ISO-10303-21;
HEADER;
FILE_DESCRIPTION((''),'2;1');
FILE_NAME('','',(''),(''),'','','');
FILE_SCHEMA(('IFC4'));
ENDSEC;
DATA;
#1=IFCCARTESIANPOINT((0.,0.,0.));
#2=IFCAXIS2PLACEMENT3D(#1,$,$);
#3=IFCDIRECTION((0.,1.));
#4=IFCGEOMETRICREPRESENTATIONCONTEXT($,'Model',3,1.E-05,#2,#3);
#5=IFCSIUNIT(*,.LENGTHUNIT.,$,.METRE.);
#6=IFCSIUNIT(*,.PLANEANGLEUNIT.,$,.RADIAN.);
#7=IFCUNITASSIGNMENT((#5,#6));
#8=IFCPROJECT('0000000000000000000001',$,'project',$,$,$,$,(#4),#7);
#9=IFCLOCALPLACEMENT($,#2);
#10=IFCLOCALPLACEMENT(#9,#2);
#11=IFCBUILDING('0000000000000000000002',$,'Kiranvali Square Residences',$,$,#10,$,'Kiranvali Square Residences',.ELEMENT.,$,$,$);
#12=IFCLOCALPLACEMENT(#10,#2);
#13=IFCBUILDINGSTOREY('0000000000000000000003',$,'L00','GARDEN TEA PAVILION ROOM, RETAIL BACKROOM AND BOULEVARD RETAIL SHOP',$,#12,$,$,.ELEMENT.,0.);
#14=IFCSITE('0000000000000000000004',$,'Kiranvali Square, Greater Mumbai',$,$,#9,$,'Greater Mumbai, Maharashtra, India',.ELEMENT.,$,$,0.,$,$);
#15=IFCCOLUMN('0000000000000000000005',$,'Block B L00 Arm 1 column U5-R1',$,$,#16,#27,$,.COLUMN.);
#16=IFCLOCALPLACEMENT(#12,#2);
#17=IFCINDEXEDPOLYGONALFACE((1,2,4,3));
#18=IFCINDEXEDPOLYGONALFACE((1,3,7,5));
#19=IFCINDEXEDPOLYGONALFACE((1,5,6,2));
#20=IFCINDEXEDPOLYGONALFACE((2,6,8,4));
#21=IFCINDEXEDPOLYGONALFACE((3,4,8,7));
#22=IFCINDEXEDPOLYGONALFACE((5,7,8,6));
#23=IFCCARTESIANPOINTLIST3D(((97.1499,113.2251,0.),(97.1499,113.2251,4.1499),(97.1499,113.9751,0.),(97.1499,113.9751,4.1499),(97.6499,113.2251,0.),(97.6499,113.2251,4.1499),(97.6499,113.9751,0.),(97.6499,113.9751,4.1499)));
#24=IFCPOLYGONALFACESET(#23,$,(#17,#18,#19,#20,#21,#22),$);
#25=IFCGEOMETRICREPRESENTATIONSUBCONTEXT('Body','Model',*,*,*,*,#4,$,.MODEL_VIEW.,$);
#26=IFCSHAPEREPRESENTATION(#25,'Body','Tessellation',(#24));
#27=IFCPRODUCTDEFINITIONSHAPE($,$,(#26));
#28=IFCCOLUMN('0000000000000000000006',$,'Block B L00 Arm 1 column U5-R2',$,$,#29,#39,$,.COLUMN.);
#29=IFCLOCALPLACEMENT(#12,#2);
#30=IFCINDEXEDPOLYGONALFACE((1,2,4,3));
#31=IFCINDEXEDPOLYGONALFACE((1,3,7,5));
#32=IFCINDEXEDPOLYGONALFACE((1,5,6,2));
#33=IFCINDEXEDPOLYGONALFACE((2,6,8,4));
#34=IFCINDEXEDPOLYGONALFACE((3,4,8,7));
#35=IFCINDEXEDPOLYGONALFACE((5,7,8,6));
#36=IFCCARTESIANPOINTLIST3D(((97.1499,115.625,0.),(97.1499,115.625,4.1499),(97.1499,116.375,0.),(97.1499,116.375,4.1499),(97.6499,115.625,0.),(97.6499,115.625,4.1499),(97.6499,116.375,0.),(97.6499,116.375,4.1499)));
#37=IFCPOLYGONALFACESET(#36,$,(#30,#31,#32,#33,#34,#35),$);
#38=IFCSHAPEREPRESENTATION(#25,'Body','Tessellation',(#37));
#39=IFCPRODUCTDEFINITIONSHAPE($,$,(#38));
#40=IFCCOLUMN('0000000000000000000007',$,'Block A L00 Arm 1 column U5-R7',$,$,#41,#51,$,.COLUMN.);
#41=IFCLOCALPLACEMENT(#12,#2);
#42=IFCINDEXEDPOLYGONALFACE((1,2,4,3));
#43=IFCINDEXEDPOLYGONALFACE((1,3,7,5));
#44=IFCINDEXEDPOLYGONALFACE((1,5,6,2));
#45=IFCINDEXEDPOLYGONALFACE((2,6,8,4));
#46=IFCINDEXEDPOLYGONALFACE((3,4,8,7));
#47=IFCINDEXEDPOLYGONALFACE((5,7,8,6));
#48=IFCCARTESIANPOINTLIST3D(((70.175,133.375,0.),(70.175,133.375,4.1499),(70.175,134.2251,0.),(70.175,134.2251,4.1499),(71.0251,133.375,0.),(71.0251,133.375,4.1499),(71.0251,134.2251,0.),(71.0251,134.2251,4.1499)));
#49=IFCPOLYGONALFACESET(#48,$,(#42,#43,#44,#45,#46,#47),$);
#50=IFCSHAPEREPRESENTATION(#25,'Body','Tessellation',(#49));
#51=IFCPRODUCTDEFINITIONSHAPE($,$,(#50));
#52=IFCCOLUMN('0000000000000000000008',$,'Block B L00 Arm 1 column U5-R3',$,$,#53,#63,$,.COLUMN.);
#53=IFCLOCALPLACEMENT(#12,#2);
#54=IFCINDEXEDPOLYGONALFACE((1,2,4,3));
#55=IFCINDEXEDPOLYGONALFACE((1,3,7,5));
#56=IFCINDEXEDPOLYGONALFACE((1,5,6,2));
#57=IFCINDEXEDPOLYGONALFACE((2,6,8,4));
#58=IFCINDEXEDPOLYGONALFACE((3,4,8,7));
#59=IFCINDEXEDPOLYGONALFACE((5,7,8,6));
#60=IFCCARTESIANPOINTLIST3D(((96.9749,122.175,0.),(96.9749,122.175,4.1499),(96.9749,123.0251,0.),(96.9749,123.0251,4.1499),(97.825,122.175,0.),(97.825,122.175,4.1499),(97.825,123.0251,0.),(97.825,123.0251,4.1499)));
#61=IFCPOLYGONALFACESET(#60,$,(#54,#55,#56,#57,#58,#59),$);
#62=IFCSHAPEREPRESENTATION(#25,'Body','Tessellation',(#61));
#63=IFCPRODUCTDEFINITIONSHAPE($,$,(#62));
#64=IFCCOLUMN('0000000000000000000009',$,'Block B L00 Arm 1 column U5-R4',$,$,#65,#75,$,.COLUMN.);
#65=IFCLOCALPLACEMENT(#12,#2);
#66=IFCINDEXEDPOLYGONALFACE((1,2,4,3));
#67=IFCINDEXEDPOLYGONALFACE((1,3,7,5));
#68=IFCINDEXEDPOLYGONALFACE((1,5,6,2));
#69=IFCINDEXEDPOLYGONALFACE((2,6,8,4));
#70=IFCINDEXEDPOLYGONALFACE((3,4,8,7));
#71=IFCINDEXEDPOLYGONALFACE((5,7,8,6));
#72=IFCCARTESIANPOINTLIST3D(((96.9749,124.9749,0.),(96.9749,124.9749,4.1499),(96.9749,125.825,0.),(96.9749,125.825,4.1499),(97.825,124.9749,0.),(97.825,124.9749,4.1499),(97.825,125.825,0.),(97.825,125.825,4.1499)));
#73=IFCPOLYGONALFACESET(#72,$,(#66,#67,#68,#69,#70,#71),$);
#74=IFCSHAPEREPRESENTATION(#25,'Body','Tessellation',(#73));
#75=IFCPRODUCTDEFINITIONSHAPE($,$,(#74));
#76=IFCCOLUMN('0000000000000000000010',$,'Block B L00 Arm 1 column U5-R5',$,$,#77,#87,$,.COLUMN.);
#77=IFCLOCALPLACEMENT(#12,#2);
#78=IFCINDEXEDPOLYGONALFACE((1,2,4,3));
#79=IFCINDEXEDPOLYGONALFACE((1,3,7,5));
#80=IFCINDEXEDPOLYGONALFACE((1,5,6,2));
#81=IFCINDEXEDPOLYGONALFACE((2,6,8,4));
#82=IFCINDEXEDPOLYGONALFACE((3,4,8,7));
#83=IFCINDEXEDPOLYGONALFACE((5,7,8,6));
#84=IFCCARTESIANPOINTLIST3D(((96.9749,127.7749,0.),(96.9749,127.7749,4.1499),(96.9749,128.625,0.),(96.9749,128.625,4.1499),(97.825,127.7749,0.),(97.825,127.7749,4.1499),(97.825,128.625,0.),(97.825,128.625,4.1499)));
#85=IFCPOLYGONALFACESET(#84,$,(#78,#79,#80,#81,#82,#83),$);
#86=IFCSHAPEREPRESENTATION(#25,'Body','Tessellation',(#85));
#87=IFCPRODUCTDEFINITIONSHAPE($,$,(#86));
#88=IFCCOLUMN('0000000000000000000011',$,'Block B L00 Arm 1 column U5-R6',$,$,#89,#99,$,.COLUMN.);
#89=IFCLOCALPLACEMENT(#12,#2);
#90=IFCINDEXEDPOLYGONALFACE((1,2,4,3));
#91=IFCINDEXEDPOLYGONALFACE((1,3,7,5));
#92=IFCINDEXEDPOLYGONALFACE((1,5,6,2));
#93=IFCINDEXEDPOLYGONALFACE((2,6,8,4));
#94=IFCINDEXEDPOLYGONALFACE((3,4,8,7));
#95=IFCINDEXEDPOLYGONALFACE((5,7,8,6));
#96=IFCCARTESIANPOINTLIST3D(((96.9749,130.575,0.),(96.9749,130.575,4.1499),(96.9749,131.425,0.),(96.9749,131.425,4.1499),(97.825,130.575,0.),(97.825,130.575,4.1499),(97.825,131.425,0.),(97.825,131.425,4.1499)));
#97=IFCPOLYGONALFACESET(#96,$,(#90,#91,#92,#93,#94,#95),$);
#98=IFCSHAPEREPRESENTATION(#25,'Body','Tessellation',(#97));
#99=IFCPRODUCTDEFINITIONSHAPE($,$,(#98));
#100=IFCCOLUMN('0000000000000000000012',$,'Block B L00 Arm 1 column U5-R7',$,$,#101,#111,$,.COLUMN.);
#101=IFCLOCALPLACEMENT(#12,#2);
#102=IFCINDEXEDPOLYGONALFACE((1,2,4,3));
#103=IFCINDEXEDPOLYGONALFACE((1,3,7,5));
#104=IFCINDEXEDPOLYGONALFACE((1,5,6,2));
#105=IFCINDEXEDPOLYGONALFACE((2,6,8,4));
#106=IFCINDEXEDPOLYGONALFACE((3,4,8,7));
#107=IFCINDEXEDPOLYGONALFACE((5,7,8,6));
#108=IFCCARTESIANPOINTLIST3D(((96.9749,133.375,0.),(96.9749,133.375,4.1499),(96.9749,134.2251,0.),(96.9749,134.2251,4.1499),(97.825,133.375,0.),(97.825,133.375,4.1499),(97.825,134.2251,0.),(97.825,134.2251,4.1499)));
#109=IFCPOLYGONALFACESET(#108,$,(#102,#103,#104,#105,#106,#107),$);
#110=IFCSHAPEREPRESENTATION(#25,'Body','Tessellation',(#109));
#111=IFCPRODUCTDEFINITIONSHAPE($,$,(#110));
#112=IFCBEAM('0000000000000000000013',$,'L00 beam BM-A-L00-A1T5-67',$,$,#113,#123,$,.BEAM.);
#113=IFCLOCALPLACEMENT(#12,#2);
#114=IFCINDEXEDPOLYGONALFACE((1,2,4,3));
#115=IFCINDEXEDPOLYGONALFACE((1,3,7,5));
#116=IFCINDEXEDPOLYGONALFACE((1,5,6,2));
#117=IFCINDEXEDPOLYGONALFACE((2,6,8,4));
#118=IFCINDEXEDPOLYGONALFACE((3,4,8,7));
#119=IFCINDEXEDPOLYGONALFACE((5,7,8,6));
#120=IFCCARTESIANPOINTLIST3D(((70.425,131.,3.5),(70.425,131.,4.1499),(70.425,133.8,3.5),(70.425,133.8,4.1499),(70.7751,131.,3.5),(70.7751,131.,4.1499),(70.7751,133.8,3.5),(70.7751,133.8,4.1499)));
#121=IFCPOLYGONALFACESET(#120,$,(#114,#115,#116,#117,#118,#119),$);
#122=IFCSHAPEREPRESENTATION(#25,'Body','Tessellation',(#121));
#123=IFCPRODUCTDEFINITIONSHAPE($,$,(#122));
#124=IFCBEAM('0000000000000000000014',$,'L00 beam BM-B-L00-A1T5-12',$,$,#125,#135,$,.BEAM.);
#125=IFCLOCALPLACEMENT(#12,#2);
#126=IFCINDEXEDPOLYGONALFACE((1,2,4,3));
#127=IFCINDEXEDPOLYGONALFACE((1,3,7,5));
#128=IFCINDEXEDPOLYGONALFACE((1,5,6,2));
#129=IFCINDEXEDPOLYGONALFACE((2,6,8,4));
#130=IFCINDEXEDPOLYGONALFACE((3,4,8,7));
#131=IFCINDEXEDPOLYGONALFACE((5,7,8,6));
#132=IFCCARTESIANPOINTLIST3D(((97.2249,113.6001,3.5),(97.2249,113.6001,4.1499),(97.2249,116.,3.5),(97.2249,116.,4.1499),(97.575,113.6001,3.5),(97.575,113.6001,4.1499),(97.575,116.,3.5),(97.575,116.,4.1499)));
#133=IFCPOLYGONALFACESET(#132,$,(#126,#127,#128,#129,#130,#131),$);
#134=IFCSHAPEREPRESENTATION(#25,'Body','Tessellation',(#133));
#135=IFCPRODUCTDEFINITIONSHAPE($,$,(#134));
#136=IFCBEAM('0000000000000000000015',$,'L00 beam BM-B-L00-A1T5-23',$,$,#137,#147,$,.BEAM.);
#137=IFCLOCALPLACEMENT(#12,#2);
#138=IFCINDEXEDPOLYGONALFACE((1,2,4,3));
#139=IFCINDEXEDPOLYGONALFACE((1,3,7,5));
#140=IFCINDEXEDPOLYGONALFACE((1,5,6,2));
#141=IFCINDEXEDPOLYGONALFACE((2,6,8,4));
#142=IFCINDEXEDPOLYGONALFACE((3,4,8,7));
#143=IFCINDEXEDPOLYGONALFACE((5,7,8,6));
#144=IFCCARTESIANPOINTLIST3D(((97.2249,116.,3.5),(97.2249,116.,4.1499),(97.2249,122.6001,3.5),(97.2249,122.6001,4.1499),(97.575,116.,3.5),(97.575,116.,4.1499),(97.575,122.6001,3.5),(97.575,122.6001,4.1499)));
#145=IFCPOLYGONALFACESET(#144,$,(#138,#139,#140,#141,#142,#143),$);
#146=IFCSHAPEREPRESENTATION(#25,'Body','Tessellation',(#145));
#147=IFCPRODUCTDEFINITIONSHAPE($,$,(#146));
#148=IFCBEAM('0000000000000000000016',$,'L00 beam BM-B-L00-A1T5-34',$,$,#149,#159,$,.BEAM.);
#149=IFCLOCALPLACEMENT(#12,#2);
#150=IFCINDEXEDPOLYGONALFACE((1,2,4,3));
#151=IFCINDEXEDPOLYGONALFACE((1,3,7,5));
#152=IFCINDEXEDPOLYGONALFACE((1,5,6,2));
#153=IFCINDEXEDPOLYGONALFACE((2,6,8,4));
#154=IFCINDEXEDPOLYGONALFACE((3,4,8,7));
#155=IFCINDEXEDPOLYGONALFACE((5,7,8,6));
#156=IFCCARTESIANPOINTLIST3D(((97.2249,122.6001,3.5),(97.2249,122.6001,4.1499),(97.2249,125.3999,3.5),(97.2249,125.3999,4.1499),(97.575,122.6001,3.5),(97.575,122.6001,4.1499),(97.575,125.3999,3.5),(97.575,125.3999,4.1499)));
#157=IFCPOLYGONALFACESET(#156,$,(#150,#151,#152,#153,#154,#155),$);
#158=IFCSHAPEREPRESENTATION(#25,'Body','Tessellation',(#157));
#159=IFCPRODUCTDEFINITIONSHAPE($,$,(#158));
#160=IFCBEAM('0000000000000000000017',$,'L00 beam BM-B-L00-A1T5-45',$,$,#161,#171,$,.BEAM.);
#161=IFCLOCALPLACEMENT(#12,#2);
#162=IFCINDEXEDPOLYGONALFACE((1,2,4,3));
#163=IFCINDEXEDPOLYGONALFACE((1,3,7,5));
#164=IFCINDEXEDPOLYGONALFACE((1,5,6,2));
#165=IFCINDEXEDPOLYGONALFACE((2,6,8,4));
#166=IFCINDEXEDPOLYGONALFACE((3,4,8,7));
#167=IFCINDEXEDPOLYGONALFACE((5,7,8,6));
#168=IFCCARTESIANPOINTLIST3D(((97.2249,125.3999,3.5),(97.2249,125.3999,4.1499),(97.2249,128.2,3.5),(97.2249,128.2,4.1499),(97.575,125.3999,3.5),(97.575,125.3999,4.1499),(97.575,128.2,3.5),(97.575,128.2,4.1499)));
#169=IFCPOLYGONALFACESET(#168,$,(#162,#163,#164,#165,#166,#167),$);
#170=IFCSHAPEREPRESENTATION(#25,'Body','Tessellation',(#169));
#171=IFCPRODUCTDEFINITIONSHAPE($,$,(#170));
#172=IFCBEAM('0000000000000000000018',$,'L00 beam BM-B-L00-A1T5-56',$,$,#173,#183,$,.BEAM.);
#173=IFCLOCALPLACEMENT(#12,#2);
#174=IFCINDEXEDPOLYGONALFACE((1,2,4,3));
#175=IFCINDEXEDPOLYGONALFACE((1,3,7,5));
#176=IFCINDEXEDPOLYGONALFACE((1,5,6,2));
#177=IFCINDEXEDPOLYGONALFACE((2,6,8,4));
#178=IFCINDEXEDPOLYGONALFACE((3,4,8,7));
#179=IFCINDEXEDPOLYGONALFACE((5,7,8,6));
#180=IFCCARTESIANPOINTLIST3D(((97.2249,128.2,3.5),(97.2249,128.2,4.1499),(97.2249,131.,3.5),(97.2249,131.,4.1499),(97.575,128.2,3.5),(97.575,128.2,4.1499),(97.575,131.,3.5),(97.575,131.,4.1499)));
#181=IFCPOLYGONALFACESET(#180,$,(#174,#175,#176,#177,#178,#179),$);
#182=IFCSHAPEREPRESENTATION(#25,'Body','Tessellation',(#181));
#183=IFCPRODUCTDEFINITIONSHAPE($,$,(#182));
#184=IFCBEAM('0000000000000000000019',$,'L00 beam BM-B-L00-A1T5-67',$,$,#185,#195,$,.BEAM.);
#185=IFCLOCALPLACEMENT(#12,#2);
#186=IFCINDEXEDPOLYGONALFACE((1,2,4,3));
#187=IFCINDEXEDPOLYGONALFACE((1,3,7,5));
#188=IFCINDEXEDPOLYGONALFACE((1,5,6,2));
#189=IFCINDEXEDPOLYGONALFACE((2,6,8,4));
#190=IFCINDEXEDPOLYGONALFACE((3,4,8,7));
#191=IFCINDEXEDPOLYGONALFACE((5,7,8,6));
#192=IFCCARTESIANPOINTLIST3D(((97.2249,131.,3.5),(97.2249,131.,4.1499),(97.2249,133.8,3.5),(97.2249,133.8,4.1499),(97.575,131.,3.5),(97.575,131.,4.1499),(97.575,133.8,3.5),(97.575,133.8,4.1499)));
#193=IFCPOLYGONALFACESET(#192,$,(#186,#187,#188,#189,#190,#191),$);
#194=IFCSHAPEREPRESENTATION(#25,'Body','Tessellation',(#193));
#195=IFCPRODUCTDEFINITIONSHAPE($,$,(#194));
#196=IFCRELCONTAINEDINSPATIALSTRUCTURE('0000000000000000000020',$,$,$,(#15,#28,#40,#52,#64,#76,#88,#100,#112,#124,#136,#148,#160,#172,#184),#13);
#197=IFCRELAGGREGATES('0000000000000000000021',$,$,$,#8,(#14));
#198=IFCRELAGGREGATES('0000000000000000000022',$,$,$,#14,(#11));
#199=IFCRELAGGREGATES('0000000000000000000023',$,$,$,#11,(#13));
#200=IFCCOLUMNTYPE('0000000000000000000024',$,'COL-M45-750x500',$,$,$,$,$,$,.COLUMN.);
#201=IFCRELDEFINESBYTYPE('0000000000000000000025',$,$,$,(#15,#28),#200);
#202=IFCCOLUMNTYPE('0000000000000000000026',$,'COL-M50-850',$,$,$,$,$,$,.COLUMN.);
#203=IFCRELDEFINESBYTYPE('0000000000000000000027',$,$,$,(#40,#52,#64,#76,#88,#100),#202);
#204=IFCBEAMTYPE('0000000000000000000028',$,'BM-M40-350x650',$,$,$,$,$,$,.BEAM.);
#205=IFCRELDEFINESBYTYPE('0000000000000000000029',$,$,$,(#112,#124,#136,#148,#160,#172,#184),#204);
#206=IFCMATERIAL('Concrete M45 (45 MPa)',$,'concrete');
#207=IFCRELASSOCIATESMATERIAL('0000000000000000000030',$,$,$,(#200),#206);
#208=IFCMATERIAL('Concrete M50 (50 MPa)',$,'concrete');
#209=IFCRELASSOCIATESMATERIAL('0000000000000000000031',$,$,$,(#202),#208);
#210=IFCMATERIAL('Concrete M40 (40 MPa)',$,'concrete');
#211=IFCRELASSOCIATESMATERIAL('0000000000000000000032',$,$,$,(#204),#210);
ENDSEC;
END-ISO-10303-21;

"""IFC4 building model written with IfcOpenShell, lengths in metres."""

from ifc_helpers import new_model, si_unit, direction, frame, origin, origin_2d, place, context, subcontext, project, spatial, rectangle, extrude, material, material_profile, profile_set, type_object, element, save


model = new_model("IFC4")

# Units and contexts
model_context = context("Model", 3, precision=1e-05, world=origin(), true_north=direction((0.0, 1.0)))
body_context = subcontext(model_context, "Body", "Model", "MODEL_VIEW")
ifc_project = project(units=[si_unit("LENGTHUNIT", "METRE"), si_unit("PLANEANGLEUNIT", "RADIAN")], contexts=[model_context])

# Site, building, storey
site_placement = place(None, origin())
site = spatial("IfcSite", under=ifc_project, at=site_placement, Name="Kiranvali Square, Greater Mumbai", LongName="Greater Mumbai, Maharashtra, India", CompositionType="ELEMENT", RefElevation=0.0)
building_placement = place(site_placement, origin())
building = spatial("IfcBuilding", under=site, at=building_placement, Name="Kiranvali Square Residences", LongName="Kiranvali Square Residences", CompositionType="ELEMENT")
storey_placement = place(building_placement, origin())
storey = spatial("IfcBuildingStorey", under=building, at=storey_placement, Name="L00", Description="GARDEN TEA PAVILION ROOM, RETAIL BACKROOM AND BOULEVARD RETAIL SHOP", CompositionType="ELEMENT", Elevation=0.0)

# Columns
ifc_material_1 = material(Name="Concrete M45 (45 MPa)", Category="concrete")
ifc_material_profile_1 = material_profile(ifc_material_1, rectangle(XDim=0.5, YDim=0.75, at=origin_2d()), Name="RC 750x500")
ifc_profile_set_1 = profile_set([ifc_material_profile_1], Name="Concrete M45 (45 MPa)")
column_type_1 = type_object("IfcColumnType", Name="COL-M45-750x500", PredefinedType="COLUMN", material=ifc_profile_set_1)
for number, where, z_axis, x_axis, name in (
    (1, (97.3999, 113.6001, 0.0), (0.0, 0.0, 1.0), (1.0, 0.0, 0.0), "Block B L00 Arm 1 column U5-R1"),
    (2, (97.3999, 116.0, 0.0), (0.0, 0.0, 1.0), (1.0, 0.0, 0.0), "Block B L00 Arm 1 column U5-R2"),
):
    element("IfcColumn", number, at=place(storey_placement, frame(where, z_axis=z_axis, x_axis=x_axis)), inside=storey, type_object=column_type_1, Name=name, PredefinedType="COLUMN", context=body_context, shape_type="SweptSolid", body=[
        extrude(rectangle(XDim=0.5, YDim=0.75, at=origin_2d()), origin(), (0.0, 0.0, 1.0), 4.1499),
    ])
ifc_material_2 = material(Name="Concrete M50 (50 MPa)", Category="concrete")
ifc_material_profile_2 = material_profile(ifc_material_2, rectangle(XDim=0.8501, YDim=0.8501, at=origin_2d()), Name="RC 850x850")
ifc_profile_set_2 = profile_set([ifc_material_profile_2], Name="Concrete M50 (50 MPa)")
column_type_2 = type_object("IfcColumnType", Name="COL-M50-850", PredefinedType="COLUMN", material=ifc_profile_set_2)
for number, where, z_axis, x_axis, name in (
    (3, (70.6001, 133.8, 0.0), (0.0, 0.0, 1.0), (1.0, 0.0, 0.0), "Block A L00 Arm 1 column U5-R7"),
    (4, (97.3999, 122.6001, 0.0), (0.0, 0.0, 1.0), (1.0, 0.0, 0.0), "Block B L00 Arm 1 column U5-R3"),
    (5, (97.3999, 125.3999, 0.0), (0.0, 0.0, 1.0), (1.0, 0.0, 0.0), "Block B L00 Arm 1 column U5-R4"),
    (6, (97.3999, 128.2, 0.0), (0.0, 0.0, 1.0), (1.0, 0.0, 0.0), "Block B L00 Arm 1 column U5-R5"),
    (7, (97.3999, 131.0, 0.0), (0.0, 0.0, 1.0), (1.0, 0.0, 0.0), "Block B L00 Arm 1 column U5-R6"),
    (8, (97.3999, 133.8, 0.0), (0.0, 0.0, 1.0), (1.0, 0.0, 0.0), "Block B L00 Arm 1 column U5-R7"),
):
    element("IfcColumn", number, at=place(storey_placement, frame(where, z_axis=z_axis, x_axis=x_axis)), inside=storey, type_object=column_type_2, Name=name, PredefinedType="COLUMN", context=body_context, shape_type="SweptSolid", body=[
        extrude(rectangle(XDim=0.8501, YDim=0.8501, at=origin_2d()), origin(), (0.0, 0.0, 1.0), 4.1499),
    ])

# Beams
ifc_material_3 = material(Name="Concrete M40 (40 MPa)", Category="concrete")
ifc_material_profile_3 = material_profile(ifc_material_3, rectangle(XDim=0.3501, YDim=0.6499, at=origin_2d()), Name="RC 350x650")
ifc_profile_set_3 = profile_set([ifc_material_profile_3], Name="Concrete M40 (40 MPa)")
beam_type = type_object("IfcBeamType", Name="BM-M40-350x650", PredefinedType="BEAM", material=ifc_profile_set_3)
beam_1_placement = place(storey_placement, frame((70.6001, 131.0, 3.825), z_axis=(0.0, 1.0, 0.0), x_axis=(-1.0, 0.0, 0.0)))
element("IfcBeam", 9, at=beam_1_placement, inside=storey, type_object=beam_type, Name="L00 beam BM-A-L00-A1T5-67", PredefinedType="BEAM", context=body_context, shape_type="SweptSolid", body=[
    extrude(rectangle(XDim=0.3501, YDim=0.6499, at=origin_2d()), origin(), (0.0, 0.0, 1.0), 2.8),
])
beam_2_placement = place(storey_placement, frame((97.3999, 113.6001, 3.825), z_axis=(0.0, 1.0, 0.0), x_axis=(-1.0, 0.0, 0.0)))
element("IfcBeam", 10, at=beam_2_placement, inside=storey, type_object=beam_type, Name="L00 beam BM-B-L00-A1T5-12", PredefinedType="BEAM", context=body_context, shape_type="SweptSolid", body=[
    extrude(rectangle(XDim=0.3501, YDim=0.6499, at=origin_2d()), origin(), (0.0, 0.0, 1.0), 2.3999),
])
beam_3_placement = place(storey_placement, frame((97.3999, 116.0, 3.825), z_axis=(0.0, 1.0, 0.0), x_axis=(-1.0, 0.0, 0.0)))
element("IfcBeam", 11, at=beam_3_placement, inside=storey, type_object=beam_type, Name="L00 beam BM-B-L00-A1T5-23", PredefinedType="BEAM", context=body_context, shape_type="SweptSolid", body=[
    extrude(rectangle(XDim=0.3501, YDim=0.6499, at=origin_2d()), origin(), (0.0, 0.0, 1.0), 6.6001),
])
beam_4_placement = place(storey_placement, frame((97.3999, 122.6001, 3.825), z_axis=(0.0, 1.0, 0.0), x_axis=(-1.0, 0.0, 0.0)))
element("IfcBeam", 12, at=beam_4_placement, inside=storey, type_object=beam_type, Name="L00 beam BM-B-L00-A1T5-34", PredefinedType="BEAM", context=body_context, shape_type="SweptSolid", body=[
    extrude(rectangle(XDim=0.3501, YDim=0.6499, at=origin_2d()), origin(), (0.0, 0.0, 1.0), 2.7998),
])
for number, where, z_axis, x_axis, name in (
    (13, (97.3999, 125.3999, 3.825), (0.0, 1.0, 0.0), (-1.0, 0.0, 0.0), "L00 beam BM-B-L00-A1T5-45"),
    (14, (97.3999, 128.2, 3.825), (0.0, 1.0, 0.0), (-1.0, 0.0, 0.0), "L00 beam BM-B-L00-A1T5-56"),
    (15, (97.3999, 131.0, 3.825), (0.0, 1.0, 0.0), (-1.0, 0.0, 0.0), "L00 beam BM-B-L00-A1T5-67"),
):
    element("IfcBeam", number, at=place(storey_placement, frame(where, z_axis=z_axis, x_axis=x_axis)), inside=storey, type_object=beam_type, Name=name, PredefinedType="BEAM", context=body_context, shape_type="SweptSolid", body=[
        extrude(rectangle(XDim=0.3501, YDim=0.6499, at=origin_2d()), origin(), (0.0, 0.0, 1.0), 2.8),
    ])

save(model, "model.ifc")
